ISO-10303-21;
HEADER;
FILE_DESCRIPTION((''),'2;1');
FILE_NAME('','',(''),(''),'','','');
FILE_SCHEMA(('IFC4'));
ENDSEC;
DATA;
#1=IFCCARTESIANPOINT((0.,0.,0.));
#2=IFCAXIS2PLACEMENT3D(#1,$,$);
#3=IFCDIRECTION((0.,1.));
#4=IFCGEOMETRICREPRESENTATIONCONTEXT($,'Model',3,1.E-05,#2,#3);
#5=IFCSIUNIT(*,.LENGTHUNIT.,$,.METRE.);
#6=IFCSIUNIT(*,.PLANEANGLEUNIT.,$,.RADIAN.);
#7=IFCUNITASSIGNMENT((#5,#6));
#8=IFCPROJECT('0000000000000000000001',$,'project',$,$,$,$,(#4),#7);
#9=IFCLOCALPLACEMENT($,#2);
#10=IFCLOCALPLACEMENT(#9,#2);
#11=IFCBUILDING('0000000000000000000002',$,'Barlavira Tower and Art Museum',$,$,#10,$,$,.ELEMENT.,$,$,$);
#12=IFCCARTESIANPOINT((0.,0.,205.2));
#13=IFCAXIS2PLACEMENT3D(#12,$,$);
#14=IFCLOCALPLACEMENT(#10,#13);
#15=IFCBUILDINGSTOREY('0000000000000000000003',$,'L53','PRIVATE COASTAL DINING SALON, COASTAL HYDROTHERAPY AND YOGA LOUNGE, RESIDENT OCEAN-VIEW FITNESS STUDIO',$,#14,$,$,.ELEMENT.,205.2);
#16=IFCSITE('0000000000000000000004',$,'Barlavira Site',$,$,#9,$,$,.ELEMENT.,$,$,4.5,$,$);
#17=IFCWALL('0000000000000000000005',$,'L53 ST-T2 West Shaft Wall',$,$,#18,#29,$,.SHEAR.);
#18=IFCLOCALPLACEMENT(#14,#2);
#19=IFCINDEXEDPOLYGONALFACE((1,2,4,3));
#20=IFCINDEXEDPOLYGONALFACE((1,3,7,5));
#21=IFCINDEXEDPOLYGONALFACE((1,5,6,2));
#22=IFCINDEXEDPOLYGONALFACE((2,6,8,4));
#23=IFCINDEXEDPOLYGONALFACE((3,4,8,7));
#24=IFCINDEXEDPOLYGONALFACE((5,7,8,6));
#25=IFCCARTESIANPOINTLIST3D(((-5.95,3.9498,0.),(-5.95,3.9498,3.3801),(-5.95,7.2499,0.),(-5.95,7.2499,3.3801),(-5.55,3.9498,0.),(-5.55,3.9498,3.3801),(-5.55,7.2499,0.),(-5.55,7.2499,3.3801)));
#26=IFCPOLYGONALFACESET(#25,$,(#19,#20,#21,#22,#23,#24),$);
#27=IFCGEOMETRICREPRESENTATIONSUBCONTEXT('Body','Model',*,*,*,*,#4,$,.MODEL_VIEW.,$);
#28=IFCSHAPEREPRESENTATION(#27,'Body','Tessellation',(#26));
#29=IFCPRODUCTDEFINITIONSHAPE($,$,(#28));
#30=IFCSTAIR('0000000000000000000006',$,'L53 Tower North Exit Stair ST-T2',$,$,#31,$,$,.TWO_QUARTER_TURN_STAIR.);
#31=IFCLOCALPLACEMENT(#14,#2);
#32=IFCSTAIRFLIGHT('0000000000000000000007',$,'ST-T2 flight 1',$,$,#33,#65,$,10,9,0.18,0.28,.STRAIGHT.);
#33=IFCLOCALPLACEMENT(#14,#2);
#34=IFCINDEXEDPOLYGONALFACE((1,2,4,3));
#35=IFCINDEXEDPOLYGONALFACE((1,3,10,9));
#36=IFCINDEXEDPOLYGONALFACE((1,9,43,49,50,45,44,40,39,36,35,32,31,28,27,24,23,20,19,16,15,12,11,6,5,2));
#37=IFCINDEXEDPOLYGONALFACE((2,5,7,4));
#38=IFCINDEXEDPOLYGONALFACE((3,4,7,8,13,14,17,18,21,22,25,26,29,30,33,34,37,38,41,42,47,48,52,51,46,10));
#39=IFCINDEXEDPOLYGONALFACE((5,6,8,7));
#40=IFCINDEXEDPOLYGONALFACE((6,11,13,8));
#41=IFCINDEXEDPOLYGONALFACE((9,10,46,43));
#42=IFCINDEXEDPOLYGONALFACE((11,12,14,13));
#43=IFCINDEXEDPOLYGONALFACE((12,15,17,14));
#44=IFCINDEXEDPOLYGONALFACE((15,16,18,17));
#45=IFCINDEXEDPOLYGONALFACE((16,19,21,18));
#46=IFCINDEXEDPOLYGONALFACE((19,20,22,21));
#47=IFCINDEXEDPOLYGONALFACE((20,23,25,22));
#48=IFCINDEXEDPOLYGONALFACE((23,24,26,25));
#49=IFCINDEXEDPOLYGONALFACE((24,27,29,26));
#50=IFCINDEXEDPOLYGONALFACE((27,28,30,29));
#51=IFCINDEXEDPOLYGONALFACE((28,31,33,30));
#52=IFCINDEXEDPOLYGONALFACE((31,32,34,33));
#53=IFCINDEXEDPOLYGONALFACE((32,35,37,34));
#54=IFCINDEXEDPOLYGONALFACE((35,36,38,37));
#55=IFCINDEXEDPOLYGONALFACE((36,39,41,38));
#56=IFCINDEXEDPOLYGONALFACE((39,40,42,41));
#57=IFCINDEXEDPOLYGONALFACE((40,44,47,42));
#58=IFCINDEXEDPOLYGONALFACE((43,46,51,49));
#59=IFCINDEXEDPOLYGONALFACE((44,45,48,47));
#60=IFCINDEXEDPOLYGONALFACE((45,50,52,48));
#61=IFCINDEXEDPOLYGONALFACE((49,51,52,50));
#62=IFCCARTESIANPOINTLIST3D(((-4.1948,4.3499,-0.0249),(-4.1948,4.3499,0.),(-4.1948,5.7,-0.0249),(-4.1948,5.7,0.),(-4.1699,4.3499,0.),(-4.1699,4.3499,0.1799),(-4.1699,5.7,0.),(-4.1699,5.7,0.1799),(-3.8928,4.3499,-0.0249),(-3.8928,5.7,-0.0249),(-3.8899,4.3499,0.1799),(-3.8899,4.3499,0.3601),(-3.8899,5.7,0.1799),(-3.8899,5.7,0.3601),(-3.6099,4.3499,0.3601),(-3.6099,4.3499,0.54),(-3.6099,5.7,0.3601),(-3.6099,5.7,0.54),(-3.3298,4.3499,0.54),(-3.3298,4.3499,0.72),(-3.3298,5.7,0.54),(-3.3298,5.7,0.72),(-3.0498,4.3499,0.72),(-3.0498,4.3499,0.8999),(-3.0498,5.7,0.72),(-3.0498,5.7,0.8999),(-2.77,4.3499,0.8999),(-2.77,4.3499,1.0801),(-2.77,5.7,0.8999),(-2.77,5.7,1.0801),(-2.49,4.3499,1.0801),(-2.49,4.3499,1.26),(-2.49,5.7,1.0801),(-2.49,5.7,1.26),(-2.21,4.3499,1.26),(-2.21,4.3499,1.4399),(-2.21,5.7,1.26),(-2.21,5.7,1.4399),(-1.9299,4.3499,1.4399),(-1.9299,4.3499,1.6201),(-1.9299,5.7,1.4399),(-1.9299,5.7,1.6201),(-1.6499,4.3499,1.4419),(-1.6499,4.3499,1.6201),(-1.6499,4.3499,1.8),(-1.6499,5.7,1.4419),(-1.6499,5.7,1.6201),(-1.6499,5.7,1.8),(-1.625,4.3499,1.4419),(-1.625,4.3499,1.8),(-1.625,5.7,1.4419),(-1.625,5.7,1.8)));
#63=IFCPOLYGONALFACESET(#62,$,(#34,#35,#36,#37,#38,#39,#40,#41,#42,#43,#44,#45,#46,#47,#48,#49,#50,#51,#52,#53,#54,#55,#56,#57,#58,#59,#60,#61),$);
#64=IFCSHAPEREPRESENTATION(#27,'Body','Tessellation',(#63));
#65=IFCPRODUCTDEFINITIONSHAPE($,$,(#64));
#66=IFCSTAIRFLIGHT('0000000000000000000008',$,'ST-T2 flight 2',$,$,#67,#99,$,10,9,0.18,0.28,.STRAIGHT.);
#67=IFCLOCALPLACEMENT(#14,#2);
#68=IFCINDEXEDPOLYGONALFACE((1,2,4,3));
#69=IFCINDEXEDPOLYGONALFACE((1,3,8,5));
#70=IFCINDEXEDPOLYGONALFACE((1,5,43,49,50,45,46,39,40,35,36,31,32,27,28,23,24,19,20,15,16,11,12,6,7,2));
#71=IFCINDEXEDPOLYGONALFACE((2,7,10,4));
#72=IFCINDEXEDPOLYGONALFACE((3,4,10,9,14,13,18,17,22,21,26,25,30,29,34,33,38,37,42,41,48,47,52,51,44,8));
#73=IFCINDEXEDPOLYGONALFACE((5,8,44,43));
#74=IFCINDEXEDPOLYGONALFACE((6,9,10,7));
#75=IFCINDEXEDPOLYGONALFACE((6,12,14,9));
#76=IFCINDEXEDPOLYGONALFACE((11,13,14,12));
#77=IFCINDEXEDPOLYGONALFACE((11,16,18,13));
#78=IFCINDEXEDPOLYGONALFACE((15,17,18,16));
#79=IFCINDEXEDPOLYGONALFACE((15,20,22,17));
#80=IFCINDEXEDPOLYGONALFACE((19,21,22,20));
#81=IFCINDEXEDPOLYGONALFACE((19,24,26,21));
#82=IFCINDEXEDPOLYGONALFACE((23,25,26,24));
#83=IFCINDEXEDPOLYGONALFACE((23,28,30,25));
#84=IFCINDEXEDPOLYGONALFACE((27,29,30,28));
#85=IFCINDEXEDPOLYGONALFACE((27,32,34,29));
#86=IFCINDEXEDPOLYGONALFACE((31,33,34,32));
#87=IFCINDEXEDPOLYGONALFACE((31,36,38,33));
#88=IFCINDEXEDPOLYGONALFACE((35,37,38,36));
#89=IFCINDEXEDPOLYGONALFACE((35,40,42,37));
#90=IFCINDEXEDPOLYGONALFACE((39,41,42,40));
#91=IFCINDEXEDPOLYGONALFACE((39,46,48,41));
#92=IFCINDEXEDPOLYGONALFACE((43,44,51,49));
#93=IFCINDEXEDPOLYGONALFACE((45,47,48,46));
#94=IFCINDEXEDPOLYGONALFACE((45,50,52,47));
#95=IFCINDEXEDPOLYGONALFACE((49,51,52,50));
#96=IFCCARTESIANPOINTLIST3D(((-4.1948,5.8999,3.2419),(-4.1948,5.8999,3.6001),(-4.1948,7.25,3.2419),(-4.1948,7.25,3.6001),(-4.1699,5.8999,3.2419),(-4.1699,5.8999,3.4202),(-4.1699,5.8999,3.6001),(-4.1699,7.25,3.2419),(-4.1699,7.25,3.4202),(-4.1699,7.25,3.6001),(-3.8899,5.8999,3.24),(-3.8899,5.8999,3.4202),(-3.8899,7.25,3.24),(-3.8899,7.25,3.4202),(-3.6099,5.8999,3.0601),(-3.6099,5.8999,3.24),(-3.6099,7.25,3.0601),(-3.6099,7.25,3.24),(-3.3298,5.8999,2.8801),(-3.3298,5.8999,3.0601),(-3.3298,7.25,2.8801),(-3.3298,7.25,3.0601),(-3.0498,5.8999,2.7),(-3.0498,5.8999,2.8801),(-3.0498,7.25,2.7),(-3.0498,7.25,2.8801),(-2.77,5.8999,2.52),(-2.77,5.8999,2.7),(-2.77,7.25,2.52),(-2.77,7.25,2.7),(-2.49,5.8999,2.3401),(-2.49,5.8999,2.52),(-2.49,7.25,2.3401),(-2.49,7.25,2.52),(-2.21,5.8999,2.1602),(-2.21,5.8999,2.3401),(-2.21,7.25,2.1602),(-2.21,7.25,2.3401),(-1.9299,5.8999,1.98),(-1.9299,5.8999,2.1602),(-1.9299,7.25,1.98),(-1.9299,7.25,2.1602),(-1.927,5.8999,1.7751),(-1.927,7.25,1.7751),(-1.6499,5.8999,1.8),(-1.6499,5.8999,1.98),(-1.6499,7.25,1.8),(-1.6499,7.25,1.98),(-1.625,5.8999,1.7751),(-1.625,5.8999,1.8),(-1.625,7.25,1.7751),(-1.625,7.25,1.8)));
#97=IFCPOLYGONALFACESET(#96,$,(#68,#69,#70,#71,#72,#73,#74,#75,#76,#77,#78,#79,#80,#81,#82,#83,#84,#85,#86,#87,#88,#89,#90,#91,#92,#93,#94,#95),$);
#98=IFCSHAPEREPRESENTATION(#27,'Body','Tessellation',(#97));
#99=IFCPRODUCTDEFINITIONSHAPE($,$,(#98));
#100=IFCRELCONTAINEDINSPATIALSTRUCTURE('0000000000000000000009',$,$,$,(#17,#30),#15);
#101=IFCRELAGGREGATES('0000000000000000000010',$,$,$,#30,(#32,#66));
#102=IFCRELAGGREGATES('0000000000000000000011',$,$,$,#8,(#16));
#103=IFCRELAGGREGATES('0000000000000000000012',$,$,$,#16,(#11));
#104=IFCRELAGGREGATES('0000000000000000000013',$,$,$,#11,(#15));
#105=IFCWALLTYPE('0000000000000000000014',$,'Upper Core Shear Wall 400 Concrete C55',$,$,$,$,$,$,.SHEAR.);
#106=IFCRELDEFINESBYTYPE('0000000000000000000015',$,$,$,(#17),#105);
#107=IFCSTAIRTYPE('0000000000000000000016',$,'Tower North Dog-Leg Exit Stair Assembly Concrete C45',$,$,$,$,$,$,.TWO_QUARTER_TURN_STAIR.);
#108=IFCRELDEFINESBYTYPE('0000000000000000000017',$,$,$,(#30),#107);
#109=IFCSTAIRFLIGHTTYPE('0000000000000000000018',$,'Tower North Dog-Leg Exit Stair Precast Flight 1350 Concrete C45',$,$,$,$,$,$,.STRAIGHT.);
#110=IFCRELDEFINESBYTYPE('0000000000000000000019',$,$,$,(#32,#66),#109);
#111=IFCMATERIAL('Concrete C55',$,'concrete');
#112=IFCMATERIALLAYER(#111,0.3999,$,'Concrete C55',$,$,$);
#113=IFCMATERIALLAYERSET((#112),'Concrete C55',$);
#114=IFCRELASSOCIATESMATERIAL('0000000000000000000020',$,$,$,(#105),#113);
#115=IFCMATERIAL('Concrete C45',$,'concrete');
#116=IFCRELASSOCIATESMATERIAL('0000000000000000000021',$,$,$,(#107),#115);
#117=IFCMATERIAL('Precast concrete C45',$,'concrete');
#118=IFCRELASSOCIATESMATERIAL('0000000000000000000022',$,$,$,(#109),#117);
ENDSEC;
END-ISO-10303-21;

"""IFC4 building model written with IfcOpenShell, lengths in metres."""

from ifc_helpers import new_model, si_unit, direction, frame, frame_2d, origin, place, context, subcontext, project, spatial, polyline, rectangle, outline, extrude, material, layer, layer_set, type_object, element, aggregate, save


model = new_model("IFC4")

# Units and contexts
model_context = context("Model", 3, precision=1e-05, world=origin(), true_north=direction((0.0, 1.0)))
body_context = subcontext(model_context, "Body", "Model", "MODEL_VIEW")
ifc_project = project(units=[si_unit("LENGTHUNIT", "METRE"), si_unit("PLANEANGLEUNIT", "RADIAN")], contexts=[model_context])

# Site, building, storey
site_placement = place(None, origin())
site = spatial("IfcSite", under=ifc_project, at=site_placement, Name="Barlavira Site", CompositionType="ELEMENT", RefElevation=4.5)
building_placement = place(site_placement, origin())
building = spatial("IfcBuilding", under=site, at=building_placement, Name="Barlavira Tower and Art Museum", CompositionType="ELEMENT")
storey_placement = place(building_placement, frame((0.0, 0.0, 205.2)))
storey = spatial("IfcBuildingStorey", under=building, at=storey_placement, Name="L53", Description="PRIVATE COASTAL DINING SALON, COASTAL HYDROTHERAPY AND YOGA LOUNGE, RESIDENT OCEAN-VIEW FITNESS STUDIO", CompositionType="ELEMENT", Elevation=205.2)

# Wall
ifc_material_1 = material(Name="Concrete C55", Category="concrete")
ifc_layer_1 = layer(ifc_material_1, 0.3999, Name="Concrete C55")
ifc_layer_set_1 = layer_set([ifc_layer_1], Name="Concrete C55")
wall_type_1 = type_object("IfcWallType", Name="Upper Core Shear Wall 400 Concrete C55", PredefinedType="SHEAR", material=ifc_layer_set_1)
wall_1_placement = place(storey_placement, frame((-5.75, 3.95, 0.0), z_axis=(0.0, 0.0, 1.0), x_axis=(0.0, 1.0, 0.0)))
element("IfcWall", 1, at=wall_1_placement, inside=storey, type_object=wall_type_1, Name="L53 ST-T2 West Shaft Wall", PredefinedType="SHEAR", context=body_context, shape_type="SweptSolid", body=[
    extrude(rectangle(XDim=3.3, YDim=0.3999, at=frame_2d((1.6499, 0.0))), origin(), (0.0, 0.0, 1.0), 3.3801),
])

# Stair, stair flights
ifc_material_2 = material(Name="Concrete C45", Category="concrete")
stair_type = type_object("IfcStairType", Name="Tower North Dog-Leg Exit Stair Assembly Concrete C45", PredefinedType="TWO_QUARTER_TURN_STAIR", material=ifc_material_2)
stair_placement = place(storey_placement, origin())
stair = element("IfcStair", 2, at=stair_placement, inside=storey, type_object=stair_type, Name="L53 Tower North Exit Stair ST-T2", PredefinedType="TWO_QUARTER_TURN_STAIR")
ifc_material_3 = material(Name="Precast concrete C45", Category="concrete")
stair_flight_type = type_object("IfcStairFlightType", Name="Tower North Dog-Leg Exit Stair Precast Flight 1350 Concrete C45", PredefinedType="STRAIGHT", material=ifc_material_3)
stair_flight_1_placement = place(storey_placement, frame((-4.1699, 5.0249, 0.0), z_axis=(0.0, 0.0, 1.0), x_axis=(1.0, 0.0, 0.0)))
stair_flight_1 = element("IfcStairFlight", 3, at=stair_flight_1_placement, type_object=stair_flight_type, Name="ST-T2 flight 1", NumberOfRisers=10, NumberOfTreads=9, PredefinedType="STRAIGHT", RiserHeight=0.18, TreadLength=0.28, context=body_context, shape_type="SweptSolid", body=[
    extrude(outline(polyline([(-0.0249, 0.0), (0.0, 0.0), (0.0, 0.1799), (0.28, 0.1799), (0.28, 0.3601), (0.5601, 0.3601), (0.5601, 0.54), (0.8401, 0.54), (0.8401, 0.72), (1.1201, 0.72), (1.1201, 0.8999), (1.3999, 0.8999), (1.3999, 1.0801), (1.6799, 1.0801), (1.6799, 1.26), (1.96, 1.26), (1.96, 1.4399), (2.24, 1.4399), (2.24, 1.6201), (2.52, 1.6201), (2.52, 1.8), (2.5449, 1.8), (2.5449, 1.4419), (2.52, 1.4419), (0.2771, -0.0249), (-0.0249, -0.0249), (-0.0249, 0.0)])), frame((0.0, 0.675, 0.0), z_axis=(0.0, -1.0, 0.0), x_axis=(1.0, 0.0, 0.0)), (0.0, 0.0, 1.0), 1.3501),
])
stair_flight_2_placement = place(storey_placement, frame((-1.6499, 6.575, 1.8), z_axis=(0.0, 0.0, 1.0), x_axis=(-1.0, 0.0, 0.0)))
stair_flight_2 = element("IfcStairFlight", 4, at=stair_flight_2_placement, type_object=stair_flight_type, Name="ST-T2 flight 2", NumberOfRisers=10, NumberOfTreads=9, PredefinedType="STRAIGHT", RiserHeight=0.18, TreadLength=0.28, context=body_context, shape_type="SweptSolid", body=[
    extrude(outline(polyline([(-0.0249, 0.0), (0.0, 0.0), (0.0, 0.1799), (0.28, 0.1799), (0.28, 0.3601), (0.5601, 0.3601), (0.5601, 0.54), (0.8401, 0.54), (0.8401, 0.72), (1.1201, 0.72), (1.1201, 0.8999), (1.3999, 0.8999), (1.3999, 1.0801), (1.6799, 1.0801), (1.6799, 1.26), (1.96, 1.26), (1.96, 1.4399), (2.24, 1.4399), (2.24, 1.6201), (2.52, 1.6201), (2.52, 1.8), (2.5449, 1.8), (2.5449, 1.4419), (2.52, 1.4419), (0.2771, -0.0249), (-0.0249, -0.0249), (-0.0249, 0.0)])), frame((0.0, 0.675, 0.0), z_axis=(0.0, -1.0, 0.0), x_axis=(1.0, 0.0, 0.0)), (0.0, 0.0, 1.0), 1.3501),
])
aggregate(stair, [stair_flight_1, stair_flight_2])

save(model, "model.ifc")
